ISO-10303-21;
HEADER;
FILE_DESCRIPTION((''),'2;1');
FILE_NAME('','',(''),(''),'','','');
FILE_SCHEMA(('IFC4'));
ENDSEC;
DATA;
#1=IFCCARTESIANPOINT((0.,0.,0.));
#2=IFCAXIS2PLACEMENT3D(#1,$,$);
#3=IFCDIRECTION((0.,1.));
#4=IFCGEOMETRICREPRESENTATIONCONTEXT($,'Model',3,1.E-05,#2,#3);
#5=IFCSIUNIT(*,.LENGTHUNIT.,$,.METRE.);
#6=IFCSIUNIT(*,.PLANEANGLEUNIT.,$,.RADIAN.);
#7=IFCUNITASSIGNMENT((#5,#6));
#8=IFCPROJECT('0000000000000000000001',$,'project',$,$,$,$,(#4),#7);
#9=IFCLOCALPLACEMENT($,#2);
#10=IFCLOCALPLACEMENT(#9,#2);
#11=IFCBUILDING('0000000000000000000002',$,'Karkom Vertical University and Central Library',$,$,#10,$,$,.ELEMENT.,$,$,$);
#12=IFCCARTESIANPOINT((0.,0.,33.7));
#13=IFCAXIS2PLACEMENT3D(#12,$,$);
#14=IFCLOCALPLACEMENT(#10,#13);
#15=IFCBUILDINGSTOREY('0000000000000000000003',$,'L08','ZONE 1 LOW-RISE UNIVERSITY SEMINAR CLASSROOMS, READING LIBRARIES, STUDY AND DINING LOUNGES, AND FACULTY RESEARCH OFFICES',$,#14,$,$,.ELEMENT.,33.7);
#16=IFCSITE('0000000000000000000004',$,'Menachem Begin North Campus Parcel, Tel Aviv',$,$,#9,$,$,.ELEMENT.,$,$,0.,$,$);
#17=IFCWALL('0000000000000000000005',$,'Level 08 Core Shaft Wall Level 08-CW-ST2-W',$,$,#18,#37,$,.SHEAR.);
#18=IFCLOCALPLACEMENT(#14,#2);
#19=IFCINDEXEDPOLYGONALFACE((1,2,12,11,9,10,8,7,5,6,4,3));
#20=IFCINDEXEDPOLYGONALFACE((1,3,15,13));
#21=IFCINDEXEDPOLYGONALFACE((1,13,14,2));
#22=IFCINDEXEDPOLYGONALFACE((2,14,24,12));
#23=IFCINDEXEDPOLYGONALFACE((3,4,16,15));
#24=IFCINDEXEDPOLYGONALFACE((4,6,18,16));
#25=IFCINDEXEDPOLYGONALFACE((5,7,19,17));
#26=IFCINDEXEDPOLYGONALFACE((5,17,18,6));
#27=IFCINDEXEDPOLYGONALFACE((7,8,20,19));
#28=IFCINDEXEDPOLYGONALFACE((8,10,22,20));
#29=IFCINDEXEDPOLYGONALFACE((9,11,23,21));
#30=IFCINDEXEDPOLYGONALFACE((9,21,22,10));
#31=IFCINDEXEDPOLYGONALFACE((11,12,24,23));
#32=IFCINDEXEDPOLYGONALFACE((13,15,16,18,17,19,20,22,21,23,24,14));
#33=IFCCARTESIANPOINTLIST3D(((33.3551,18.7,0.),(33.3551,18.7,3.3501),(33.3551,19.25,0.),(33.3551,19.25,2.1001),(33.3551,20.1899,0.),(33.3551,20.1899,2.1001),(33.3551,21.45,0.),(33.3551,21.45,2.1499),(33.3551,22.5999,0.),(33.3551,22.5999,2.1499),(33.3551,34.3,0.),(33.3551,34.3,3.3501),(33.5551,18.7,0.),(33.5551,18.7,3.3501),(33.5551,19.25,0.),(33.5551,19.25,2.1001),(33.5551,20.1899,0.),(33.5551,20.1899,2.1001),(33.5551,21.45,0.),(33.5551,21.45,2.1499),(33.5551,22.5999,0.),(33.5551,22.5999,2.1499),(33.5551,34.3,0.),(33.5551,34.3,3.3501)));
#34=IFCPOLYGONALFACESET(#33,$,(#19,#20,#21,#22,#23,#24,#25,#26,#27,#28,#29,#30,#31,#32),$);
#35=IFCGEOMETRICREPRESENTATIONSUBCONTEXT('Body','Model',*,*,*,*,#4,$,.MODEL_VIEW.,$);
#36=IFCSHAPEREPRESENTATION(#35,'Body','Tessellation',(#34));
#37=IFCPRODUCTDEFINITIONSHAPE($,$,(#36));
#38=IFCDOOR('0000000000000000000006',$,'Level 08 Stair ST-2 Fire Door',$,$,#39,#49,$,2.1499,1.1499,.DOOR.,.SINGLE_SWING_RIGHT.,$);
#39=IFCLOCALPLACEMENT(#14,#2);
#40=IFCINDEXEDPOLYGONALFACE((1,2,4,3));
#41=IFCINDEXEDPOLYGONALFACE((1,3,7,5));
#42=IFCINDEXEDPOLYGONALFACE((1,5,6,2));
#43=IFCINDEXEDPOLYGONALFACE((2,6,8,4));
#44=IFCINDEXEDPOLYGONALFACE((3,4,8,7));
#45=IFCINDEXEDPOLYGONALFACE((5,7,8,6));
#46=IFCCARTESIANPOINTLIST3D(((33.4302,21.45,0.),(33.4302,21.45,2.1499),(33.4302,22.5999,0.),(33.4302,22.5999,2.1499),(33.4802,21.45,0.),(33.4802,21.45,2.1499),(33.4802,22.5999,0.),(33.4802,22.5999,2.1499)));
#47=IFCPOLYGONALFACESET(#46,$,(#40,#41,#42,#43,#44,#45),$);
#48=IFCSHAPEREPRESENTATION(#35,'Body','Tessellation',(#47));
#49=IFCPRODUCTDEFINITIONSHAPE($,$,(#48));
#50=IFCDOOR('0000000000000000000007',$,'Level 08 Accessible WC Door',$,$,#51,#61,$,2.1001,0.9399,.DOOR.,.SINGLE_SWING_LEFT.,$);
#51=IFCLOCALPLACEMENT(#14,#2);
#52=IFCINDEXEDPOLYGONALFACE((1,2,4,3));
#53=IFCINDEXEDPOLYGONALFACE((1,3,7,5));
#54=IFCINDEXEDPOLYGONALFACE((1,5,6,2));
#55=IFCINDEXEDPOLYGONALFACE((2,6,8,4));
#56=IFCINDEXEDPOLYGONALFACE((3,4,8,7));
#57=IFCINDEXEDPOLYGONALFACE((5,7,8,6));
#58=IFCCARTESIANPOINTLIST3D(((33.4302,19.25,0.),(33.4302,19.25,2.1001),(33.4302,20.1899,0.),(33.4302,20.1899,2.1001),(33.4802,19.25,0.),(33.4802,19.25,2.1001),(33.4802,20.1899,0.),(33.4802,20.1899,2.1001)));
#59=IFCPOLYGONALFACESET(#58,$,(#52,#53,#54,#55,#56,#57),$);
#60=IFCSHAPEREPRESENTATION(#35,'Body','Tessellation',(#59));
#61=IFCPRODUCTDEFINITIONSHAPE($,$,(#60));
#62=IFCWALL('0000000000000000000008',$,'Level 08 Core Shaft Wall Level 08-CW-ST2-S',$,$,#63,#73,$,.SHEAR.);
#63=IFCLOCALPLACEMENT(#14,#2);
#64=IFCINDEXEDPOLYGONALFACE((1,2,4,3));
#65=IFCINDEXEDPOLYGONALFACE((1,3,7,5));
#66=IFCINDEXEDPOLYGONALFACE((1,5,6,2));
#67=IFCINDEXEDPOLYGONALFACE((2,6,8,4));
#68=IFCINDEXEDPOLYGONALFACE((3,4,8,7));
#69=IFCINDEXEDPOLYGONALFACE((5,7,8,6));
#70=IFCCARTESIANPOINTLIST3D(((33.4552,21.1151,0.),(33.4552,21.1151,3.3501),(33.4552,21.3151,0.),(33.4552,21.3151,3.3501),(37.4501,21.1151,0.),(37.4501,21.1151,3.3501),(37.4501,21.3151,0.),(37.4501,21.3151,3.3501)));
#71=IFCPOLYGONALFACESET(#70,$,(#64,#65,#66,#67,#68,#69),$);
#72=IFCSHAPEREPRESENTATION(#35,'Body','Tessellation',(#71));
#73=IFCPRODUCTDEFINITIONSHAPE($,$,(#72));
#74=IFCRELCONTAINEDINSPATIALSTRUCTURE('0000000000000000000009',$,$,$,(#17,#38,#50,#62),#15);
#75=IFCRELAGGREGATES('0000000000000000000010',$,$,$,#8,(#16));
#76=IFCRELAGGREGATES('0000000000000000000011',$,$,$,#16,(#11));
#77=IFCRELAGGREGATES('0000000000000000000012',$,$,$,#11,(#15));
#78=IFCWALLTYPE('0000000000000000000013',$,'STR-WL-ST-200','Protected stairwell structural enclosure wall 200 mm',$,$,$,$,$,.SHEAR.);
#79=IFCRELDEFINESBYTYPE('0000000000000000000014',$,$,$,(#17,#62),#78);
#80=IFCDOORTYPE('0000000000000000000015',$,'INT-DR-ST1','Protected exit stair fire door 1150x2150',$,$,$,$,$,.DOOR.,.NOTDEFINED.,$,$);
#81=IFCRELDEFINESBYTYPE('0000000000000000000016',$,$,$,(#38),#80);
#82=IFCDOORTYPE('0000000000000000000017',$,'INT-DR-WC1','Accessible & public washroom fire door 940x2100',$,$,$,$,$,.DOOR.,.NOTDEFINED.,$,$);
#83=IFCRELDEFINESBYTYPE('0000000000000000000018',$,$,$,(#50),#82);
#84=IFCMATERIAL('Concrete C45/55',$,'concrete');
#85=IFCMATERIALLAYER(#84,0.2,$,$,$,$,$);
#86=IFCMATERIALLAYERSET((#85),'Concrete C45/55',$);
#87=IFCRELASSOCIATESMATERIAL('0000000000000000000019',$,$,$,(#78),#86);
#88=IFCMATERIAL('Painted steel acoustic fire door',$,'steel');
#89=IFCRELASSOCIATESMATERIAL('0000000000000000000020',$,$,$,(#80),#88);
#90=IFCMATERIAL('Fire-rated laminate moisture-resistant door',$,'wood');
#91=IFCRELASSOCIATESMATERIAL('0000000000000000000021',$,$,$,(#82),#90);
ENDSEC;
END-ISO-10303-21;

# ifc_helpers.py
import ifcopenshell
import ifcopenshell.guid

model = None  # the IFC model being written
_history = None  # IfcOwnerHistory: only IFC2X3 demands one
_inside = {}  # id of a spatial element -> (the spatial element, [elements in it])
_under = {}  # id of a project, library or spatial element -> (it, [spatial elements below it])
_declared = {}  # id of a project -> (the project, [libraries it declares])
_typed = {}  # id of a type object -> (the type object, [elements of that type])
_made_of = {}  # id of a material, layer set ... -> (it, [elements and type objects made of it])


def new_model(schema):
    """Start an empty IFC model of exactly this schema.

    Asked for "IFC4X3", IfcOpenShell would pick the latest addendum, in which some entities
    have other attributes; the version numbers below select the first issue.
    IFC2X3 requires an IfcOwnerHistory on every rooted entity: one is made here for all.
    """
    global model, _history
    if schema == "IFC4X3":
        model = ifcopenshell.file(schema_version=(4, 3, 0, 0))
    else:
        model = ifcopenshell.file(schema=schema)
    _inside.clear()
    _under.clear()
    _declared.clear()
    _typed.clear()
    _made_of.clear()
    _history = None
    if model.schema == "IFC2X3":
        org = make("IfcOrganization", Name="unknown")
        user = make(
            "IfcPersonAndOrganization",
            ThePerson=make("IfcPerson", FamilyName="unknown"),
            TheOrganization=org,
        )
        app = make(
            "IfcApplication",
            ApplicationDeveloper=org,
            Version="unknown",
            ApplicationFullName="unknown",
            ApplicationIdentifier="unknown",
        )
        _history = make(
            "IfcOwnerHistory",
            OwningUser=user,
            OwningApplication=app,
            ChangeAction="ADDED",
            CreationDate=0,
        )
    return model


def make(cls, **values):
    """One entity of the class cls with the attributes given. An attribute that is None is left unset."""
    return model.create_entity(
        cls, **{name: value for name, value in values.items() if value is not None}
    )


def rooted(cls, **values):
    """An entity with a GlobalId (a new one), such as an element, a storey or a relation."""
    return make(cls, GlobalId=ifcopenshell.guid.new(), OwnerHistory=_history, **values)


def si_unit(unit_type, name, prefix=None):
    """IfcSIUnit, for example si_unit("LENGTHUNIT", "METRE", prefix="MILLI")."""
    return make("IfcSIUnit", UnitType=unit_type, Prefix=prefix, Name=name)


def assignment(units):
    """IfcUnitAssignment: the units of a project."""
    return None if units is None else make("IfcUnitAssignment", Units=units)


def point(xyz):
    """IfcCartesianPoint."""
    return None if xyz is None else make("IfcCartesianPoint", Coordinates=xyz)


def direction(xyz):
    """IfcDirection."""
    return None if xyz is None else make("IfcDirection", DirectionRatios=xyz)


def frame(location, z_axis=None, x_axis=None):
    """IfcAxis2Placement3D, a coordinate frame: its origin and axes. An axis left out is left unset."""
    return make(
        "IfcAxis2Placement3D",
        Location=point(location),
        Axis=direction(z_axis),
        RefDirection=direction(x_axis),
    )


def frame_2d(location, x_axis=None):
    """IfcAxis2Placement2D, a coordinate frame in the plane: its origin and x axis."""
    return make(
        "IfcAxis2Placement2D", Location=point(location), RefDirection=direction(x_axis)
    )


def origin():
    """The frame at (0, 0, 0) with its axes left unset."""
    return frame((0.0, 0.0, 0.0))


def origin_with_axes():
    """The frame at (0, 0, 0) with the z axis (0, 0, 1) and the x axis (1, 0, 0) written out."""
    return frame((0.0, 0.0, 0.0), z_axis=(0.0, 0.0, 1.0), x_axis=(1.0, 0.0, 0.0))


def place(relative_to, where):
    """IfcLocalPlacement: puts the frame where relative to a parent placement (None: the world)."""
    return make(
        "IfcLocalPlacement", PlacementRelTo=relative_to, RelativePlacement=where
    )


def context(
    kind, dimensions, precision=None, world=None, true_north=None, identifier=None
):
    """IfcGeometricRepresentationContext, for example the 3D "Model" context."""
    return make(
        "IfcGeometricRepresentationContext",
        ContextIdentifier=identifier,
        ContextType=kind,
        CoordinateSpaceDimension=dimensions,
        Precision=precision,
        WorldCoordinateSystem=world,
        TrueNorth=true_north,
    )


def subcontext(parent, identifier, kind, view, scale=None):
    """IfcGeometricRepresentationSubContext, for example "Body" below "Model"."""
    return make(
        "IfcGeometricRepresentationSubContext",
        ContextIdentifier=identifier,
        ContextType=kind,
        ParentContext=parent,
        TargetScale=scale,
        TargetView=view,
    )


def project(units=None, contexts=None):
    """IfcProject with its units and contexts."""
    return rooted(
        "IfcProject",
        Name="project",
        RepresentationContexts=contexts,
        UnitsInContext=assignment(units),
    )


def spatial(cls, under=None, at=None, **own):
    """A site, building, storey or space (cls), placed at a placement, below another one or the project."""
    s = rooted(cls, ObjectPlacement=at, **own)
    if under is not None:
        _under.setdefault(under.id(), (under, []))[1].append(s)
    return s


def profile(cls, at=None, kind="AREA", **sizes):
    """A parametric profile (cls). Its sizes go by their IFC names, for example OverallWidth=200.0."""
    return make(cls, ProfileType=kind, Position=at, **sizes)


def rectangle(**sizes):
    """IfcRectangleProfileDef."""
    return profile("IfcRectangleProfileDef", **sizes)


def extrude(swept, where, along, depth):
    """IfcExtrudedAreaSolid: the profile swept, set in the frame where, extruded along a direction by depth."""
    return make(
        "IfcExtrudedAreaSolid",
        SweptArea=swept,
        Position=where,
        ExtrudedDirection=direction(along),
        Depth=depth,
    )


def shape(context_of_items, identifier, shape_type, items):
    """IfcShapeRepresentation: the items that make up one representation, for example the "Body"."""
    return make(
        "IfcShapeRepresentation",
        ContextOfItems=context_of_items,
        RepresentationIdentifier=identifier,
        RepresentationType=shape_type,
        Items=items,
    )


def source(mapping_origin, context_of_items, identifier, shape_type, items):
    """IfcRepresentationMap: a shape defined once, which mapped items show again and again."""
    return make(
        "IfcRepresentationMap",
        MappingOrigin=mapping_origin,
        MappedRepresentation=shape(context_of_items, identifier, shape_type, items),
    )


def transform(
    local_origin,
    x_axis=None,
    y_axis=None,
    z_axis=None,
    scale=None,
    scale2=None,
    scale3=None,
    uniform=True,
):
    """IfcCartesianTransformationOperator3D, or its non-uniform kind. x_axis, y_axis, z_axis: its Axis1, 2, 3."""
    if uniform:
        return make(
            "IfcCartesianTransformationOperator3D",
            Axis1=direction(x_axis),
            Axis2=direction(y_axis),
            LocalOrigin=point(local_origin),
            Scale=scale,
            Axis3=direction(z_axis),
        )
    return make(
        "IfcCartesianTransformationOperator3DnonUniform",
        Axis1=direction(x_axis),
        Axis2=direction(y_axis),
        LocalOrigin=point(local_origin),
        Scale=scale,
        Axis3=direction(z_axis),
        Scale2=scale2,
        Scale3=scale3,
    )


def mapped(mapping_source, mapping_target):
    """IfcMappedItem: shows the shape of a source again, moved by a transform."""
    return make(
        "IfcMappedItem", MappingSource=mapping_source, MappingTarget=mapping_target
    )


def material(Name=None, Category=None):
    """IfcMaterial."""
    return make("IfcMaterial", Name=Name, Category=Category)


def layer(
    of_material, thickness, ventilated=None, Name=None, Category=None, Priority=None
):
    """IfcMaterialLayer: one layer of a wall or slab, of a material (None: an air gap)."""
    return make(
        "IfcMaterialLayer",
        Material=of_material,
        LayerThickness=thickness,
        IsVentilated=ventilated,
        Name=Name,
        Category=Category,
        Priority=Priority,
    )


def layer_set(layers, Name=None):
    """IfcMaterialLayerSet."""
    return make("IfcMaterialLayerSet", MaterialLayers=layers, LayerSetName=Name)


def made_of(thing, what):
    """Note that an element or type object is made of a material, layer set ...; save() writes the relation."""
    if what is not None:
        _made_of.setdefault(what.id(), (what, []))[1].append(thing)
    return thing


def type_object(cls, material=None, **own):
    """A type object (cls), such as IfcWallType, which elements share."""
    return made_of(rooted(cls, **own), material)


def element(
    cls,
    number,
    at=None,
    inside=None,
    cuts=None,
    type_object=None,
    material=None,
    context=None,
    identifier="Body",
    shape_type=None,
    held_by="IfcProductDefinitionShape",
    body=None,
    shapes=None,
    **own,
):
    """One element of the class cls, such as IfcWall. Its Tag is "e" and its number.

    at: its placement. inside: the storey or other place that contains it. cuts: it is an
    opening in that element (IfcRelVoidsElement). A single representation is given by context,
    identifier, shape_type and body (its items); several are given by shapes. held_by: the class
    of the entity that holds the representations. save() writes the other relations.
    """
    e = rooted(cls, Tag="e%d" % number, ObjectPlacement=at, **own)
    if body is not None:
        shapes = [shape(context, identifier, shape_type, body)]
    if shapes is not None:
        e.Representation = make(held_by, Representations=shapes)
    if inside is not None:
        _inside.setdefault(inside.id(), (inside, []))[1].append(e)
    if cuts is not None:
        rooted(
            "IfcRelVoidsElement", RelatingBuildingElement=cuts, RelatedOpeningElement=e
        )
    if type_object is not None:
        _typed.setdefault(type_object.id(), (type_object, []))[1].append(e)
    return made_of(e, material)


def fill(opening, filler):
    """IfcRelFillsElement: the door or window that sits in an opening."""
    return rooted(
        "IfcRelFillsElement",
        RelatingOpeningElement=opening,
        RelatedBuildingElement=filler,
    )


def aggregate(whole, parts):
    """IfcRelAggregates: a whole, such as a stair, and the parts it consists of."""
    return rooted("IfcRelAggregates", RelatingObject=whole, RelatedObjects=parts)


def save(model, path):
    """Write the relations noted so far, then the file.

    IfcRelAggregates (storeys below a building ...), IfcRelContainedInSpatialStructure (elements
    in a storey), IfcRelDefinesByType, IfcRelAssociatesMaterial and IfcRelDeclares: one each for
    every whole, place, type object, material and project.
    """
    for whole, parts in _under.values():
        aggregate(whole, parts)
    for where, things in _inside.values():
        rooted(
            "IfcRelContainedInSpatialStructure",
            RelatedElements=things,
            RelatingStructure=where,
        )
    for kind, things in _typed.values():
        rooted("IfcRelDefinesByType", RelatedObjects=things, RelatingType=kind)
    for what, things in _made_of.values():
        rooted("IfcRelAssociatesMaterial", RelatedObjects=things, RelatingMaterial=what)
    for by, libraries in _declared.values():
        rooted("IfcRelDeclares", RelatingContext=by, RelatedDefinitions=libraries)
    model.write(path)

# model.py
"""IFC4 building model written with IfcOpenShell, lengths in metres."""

from ifc_helpers import new_model, si_unit, direction, frame, frame_2d, origin, origin_with_axes, place, context, subcontext, project, spatial, rectangle, extrude, source, transform, mapped, material, layer, layer_set, type_object, element, fill, save


model = new_model("IFC4")

# Units and contexts
model_context = context("Model", 3, precision=1e-05, world=origin(), true_north=direction((0.0, 1.0)))
body_context = subcontext(model_context, "Body", "Model", "MODEL_VIEW")
ifc_project = project(units=[si_unit("LENGTHUNIT", "METRE"), si_unit("PLANEANGLEUNIT", "RADIAN")], contexts=[model_context])

# Site, building, storey
site_placement = place(None, origin())
site = spatial("IfcSite", under=ifc_project, at=site_placement, Name="Menachem Begin North Campus Parcel, Tel Aviv", CompositionType="ELEMENT", RefElevation=0.0)
building_placement = place(site_placement, origin())
building = spatial("IfcBuilding", under=site, at=building_placement, Name="Karkom Vertical University and Central Library", CompositionType="ELEMENT")
storey_placement = place(building_placement, frame((0.0, 0.0, 33.7)))
storey = spatial("IfcBuildingStorey", under=building, at=storey_placement, Name="L08", Description="ZONE 1 LOW-RISE UNIVERSITY SEMINAR CLASSROOMS, READING LIBRARIES, STUDY AND DINING LOUNGES, AND FACULTY RESEARCH OFFICES", CompositionType="ELEMENT", Elevation=33.7)

# Wall, openings, doors
ifc_material_1 = material(Name="Concrete C45/55", Category="concrete")
ifc_layer_1 = layer(ifc_material_1, 0.2)
ifc_layer_set_1 = layer_set([ifc_layer_1], Name="Concrete C45/55")
wall_type_1 = type_object("IfcWallType", Name="STR-WL-ST-200", Description="Protected stairwell structural enclosure wall 200 mm", PredefinedType="SHEAR", material=ifc_layer_set_1)
wall_1_placement = place(storey_placement, frame((33.4551, 18.7, 0.0), z_axis=(0.0, 0.0, 1.0), x_axis=(0.0, 1.0, 0.0)))
wall_1 = element("IfcWall", 1, at=wall_1_placement, inside=storey, type_object=wall_type_1, Name="Level 08 Core Shaft Wall Level 08-CW-ST2-W", PredefinedType="SHEAR", context=body_context, shape_type="SweptSolid", body=[
    extrude(rectangle(XDim=15.6001, YDim=0.2, at=frame_2d((7.8, 0.0))), origin(), (0.0, 0.0, 1.0), 3.3501),
])
opening_1_placement = place(wall_1_placement, frame((2.75, 0.0, 0.0)))
opening_1 = element("IfcOpeningElement", 2, at=opening_1_placement, cuts=wall_1, PredefinedType="OPENING", context=body_context, shape_type="SweptSolid", body=[
    extrude(rectangle(XDim=1.1499, YDim=2.1499, at=frame_2d((0.575, 1.075))), frame((0.0, 0.1099, 0.0), z_axis=(0.0, -1.0, 0.0), x_axis=(1.0, 0.0, 0.0)), (0.0, 0.0, 1.0), 0.22),
])
opening_2_placement = place(wall_1_placement, frame((0.55, 0.0, 0.0)))
opening_2 = element("IfcOpeningElement", 3, at=opening_2_placement, cuts=wall_1, PredefinedType="OPENING", context=body_context, shape_type="SweptSolid", body=[
    extrude(rectangle(XDim=0.9399, YDim=2.1001, at=frame_2d((0.47, 1.05))), frame((0.0, 0.1099, 0.0), z_axis=(0.0, -1.0, 0.0), x_axis=(1.0, 0.0, 0.0)), (0.0, 0.0, 1.0), 0.22),
])
ifc_material_2 = material(Name="Painted steel acoustic fire door", Category="steel")
door_type_1 = type_object("IfcDoorType", Name="INT-DR-ST1", Description="Protected exit stair fire door 1150x2150", OperationType="NOTDEFINED", PredefinedType="DOOR", material=ifc_material_2)
shared_shape_1 = source(origin_with_axes(), body_context, "Body", "SweptSolid", [
    extrude(rectangle(XDim=1.1499, YDim=2.1499, at=frame_2d((0.575, 1.075))), frame((0.0, 0.0249, 0.0), z_axis=(0.0, -1.0, 0.0), x_axis=(1.0, 0.0, 0.0)), (0.0, 0.0, 1.0), 0.05),
])
door_1_placement = place(opening_1_placement, origin())
door_1 = element("IfcDoor", 4, at=door_1_placement, inside=storey, type_object=door_type_1, Name="Level 08 Stair ST-2 Fire Door", OperationType="SINGLE_SWING_RIGHT", OverallHeight=2.1499, OverallWidth=1.1499, PredefinedType="DOOR", context=body_context, shape_type="MappedRepresentation", body=[
    mapped(shared_shape_1, transform((0.0, 0.0, 0.0), scale=1.0)),
])
fill(opening_1, door_1)
ifc_material_3 = material(Name="Fire-rated laminate moisture-resistant door", Category="wood")
door_type_2 = type_object("IfcDoorType", Name="INT-DR-WC1", Description="Accessible & public washroom fire door 940x2100", OperationType="NOTDEFINED", PredefinedType="DOOR", material=ifc_material_3)
shared_shape_2 = source(origin_with_axes(), body_context, "Body", "SweptSolid", [
    extrude(rectangle(XDim=0.9399, YDim=2.1001, at=frame_2d((0.47, 1.05))), frame((0.0, 0.0249, 0.0), z_axis=(0.0, -1.0, 0.0), x_axis=(1.0, 0.0, 0.0)), (0.0, 0.0, 1.0), 0.05),
])
door_2_placement = place(opening_2_placement, origin())
door_2 = element("IfcDoor", 5, at=door_2_placement, inside=storey, type_object=door_type_2, Name="Level 08 Accessible WC Door", OperationType="SINGLE_SWING_LEFT", OverallHeight=2.1001, OverallWidth=0.9399, PredefinedType="DOOR", context=body_context, shape_type="MappedRepresentation", body=[
    mapped(shared_shape_2, transform((0.0, 0.0, 0.0), scale=1.0)),
])
fill(opening_2, door_2)

# Wall
wall_2_placement = place(storey_placement, frame((33.4551, 21.2151, 0.0), z_axis=(0.0, 0.0, 1.0), x_axis=(1.0, 0.0, 0.0)))
element("IfcWall", 6, at=wall_2_placement, inside=storey, type_object=wall_type_1, Name="Level 08 Core Shaft Wall Level 08-CW-ST2-S", PredefinedType="SHEAR", context=body_context, shape_type="SweptSolid", body=[
    extrude(rectangle(XDim=3.9949, YDim=0.2, at=frame_2d((1.9976, 0.0))), origin(), (0.0, 0.0, 1.0), 3.3501),
])

save(model, "model.ifc")
